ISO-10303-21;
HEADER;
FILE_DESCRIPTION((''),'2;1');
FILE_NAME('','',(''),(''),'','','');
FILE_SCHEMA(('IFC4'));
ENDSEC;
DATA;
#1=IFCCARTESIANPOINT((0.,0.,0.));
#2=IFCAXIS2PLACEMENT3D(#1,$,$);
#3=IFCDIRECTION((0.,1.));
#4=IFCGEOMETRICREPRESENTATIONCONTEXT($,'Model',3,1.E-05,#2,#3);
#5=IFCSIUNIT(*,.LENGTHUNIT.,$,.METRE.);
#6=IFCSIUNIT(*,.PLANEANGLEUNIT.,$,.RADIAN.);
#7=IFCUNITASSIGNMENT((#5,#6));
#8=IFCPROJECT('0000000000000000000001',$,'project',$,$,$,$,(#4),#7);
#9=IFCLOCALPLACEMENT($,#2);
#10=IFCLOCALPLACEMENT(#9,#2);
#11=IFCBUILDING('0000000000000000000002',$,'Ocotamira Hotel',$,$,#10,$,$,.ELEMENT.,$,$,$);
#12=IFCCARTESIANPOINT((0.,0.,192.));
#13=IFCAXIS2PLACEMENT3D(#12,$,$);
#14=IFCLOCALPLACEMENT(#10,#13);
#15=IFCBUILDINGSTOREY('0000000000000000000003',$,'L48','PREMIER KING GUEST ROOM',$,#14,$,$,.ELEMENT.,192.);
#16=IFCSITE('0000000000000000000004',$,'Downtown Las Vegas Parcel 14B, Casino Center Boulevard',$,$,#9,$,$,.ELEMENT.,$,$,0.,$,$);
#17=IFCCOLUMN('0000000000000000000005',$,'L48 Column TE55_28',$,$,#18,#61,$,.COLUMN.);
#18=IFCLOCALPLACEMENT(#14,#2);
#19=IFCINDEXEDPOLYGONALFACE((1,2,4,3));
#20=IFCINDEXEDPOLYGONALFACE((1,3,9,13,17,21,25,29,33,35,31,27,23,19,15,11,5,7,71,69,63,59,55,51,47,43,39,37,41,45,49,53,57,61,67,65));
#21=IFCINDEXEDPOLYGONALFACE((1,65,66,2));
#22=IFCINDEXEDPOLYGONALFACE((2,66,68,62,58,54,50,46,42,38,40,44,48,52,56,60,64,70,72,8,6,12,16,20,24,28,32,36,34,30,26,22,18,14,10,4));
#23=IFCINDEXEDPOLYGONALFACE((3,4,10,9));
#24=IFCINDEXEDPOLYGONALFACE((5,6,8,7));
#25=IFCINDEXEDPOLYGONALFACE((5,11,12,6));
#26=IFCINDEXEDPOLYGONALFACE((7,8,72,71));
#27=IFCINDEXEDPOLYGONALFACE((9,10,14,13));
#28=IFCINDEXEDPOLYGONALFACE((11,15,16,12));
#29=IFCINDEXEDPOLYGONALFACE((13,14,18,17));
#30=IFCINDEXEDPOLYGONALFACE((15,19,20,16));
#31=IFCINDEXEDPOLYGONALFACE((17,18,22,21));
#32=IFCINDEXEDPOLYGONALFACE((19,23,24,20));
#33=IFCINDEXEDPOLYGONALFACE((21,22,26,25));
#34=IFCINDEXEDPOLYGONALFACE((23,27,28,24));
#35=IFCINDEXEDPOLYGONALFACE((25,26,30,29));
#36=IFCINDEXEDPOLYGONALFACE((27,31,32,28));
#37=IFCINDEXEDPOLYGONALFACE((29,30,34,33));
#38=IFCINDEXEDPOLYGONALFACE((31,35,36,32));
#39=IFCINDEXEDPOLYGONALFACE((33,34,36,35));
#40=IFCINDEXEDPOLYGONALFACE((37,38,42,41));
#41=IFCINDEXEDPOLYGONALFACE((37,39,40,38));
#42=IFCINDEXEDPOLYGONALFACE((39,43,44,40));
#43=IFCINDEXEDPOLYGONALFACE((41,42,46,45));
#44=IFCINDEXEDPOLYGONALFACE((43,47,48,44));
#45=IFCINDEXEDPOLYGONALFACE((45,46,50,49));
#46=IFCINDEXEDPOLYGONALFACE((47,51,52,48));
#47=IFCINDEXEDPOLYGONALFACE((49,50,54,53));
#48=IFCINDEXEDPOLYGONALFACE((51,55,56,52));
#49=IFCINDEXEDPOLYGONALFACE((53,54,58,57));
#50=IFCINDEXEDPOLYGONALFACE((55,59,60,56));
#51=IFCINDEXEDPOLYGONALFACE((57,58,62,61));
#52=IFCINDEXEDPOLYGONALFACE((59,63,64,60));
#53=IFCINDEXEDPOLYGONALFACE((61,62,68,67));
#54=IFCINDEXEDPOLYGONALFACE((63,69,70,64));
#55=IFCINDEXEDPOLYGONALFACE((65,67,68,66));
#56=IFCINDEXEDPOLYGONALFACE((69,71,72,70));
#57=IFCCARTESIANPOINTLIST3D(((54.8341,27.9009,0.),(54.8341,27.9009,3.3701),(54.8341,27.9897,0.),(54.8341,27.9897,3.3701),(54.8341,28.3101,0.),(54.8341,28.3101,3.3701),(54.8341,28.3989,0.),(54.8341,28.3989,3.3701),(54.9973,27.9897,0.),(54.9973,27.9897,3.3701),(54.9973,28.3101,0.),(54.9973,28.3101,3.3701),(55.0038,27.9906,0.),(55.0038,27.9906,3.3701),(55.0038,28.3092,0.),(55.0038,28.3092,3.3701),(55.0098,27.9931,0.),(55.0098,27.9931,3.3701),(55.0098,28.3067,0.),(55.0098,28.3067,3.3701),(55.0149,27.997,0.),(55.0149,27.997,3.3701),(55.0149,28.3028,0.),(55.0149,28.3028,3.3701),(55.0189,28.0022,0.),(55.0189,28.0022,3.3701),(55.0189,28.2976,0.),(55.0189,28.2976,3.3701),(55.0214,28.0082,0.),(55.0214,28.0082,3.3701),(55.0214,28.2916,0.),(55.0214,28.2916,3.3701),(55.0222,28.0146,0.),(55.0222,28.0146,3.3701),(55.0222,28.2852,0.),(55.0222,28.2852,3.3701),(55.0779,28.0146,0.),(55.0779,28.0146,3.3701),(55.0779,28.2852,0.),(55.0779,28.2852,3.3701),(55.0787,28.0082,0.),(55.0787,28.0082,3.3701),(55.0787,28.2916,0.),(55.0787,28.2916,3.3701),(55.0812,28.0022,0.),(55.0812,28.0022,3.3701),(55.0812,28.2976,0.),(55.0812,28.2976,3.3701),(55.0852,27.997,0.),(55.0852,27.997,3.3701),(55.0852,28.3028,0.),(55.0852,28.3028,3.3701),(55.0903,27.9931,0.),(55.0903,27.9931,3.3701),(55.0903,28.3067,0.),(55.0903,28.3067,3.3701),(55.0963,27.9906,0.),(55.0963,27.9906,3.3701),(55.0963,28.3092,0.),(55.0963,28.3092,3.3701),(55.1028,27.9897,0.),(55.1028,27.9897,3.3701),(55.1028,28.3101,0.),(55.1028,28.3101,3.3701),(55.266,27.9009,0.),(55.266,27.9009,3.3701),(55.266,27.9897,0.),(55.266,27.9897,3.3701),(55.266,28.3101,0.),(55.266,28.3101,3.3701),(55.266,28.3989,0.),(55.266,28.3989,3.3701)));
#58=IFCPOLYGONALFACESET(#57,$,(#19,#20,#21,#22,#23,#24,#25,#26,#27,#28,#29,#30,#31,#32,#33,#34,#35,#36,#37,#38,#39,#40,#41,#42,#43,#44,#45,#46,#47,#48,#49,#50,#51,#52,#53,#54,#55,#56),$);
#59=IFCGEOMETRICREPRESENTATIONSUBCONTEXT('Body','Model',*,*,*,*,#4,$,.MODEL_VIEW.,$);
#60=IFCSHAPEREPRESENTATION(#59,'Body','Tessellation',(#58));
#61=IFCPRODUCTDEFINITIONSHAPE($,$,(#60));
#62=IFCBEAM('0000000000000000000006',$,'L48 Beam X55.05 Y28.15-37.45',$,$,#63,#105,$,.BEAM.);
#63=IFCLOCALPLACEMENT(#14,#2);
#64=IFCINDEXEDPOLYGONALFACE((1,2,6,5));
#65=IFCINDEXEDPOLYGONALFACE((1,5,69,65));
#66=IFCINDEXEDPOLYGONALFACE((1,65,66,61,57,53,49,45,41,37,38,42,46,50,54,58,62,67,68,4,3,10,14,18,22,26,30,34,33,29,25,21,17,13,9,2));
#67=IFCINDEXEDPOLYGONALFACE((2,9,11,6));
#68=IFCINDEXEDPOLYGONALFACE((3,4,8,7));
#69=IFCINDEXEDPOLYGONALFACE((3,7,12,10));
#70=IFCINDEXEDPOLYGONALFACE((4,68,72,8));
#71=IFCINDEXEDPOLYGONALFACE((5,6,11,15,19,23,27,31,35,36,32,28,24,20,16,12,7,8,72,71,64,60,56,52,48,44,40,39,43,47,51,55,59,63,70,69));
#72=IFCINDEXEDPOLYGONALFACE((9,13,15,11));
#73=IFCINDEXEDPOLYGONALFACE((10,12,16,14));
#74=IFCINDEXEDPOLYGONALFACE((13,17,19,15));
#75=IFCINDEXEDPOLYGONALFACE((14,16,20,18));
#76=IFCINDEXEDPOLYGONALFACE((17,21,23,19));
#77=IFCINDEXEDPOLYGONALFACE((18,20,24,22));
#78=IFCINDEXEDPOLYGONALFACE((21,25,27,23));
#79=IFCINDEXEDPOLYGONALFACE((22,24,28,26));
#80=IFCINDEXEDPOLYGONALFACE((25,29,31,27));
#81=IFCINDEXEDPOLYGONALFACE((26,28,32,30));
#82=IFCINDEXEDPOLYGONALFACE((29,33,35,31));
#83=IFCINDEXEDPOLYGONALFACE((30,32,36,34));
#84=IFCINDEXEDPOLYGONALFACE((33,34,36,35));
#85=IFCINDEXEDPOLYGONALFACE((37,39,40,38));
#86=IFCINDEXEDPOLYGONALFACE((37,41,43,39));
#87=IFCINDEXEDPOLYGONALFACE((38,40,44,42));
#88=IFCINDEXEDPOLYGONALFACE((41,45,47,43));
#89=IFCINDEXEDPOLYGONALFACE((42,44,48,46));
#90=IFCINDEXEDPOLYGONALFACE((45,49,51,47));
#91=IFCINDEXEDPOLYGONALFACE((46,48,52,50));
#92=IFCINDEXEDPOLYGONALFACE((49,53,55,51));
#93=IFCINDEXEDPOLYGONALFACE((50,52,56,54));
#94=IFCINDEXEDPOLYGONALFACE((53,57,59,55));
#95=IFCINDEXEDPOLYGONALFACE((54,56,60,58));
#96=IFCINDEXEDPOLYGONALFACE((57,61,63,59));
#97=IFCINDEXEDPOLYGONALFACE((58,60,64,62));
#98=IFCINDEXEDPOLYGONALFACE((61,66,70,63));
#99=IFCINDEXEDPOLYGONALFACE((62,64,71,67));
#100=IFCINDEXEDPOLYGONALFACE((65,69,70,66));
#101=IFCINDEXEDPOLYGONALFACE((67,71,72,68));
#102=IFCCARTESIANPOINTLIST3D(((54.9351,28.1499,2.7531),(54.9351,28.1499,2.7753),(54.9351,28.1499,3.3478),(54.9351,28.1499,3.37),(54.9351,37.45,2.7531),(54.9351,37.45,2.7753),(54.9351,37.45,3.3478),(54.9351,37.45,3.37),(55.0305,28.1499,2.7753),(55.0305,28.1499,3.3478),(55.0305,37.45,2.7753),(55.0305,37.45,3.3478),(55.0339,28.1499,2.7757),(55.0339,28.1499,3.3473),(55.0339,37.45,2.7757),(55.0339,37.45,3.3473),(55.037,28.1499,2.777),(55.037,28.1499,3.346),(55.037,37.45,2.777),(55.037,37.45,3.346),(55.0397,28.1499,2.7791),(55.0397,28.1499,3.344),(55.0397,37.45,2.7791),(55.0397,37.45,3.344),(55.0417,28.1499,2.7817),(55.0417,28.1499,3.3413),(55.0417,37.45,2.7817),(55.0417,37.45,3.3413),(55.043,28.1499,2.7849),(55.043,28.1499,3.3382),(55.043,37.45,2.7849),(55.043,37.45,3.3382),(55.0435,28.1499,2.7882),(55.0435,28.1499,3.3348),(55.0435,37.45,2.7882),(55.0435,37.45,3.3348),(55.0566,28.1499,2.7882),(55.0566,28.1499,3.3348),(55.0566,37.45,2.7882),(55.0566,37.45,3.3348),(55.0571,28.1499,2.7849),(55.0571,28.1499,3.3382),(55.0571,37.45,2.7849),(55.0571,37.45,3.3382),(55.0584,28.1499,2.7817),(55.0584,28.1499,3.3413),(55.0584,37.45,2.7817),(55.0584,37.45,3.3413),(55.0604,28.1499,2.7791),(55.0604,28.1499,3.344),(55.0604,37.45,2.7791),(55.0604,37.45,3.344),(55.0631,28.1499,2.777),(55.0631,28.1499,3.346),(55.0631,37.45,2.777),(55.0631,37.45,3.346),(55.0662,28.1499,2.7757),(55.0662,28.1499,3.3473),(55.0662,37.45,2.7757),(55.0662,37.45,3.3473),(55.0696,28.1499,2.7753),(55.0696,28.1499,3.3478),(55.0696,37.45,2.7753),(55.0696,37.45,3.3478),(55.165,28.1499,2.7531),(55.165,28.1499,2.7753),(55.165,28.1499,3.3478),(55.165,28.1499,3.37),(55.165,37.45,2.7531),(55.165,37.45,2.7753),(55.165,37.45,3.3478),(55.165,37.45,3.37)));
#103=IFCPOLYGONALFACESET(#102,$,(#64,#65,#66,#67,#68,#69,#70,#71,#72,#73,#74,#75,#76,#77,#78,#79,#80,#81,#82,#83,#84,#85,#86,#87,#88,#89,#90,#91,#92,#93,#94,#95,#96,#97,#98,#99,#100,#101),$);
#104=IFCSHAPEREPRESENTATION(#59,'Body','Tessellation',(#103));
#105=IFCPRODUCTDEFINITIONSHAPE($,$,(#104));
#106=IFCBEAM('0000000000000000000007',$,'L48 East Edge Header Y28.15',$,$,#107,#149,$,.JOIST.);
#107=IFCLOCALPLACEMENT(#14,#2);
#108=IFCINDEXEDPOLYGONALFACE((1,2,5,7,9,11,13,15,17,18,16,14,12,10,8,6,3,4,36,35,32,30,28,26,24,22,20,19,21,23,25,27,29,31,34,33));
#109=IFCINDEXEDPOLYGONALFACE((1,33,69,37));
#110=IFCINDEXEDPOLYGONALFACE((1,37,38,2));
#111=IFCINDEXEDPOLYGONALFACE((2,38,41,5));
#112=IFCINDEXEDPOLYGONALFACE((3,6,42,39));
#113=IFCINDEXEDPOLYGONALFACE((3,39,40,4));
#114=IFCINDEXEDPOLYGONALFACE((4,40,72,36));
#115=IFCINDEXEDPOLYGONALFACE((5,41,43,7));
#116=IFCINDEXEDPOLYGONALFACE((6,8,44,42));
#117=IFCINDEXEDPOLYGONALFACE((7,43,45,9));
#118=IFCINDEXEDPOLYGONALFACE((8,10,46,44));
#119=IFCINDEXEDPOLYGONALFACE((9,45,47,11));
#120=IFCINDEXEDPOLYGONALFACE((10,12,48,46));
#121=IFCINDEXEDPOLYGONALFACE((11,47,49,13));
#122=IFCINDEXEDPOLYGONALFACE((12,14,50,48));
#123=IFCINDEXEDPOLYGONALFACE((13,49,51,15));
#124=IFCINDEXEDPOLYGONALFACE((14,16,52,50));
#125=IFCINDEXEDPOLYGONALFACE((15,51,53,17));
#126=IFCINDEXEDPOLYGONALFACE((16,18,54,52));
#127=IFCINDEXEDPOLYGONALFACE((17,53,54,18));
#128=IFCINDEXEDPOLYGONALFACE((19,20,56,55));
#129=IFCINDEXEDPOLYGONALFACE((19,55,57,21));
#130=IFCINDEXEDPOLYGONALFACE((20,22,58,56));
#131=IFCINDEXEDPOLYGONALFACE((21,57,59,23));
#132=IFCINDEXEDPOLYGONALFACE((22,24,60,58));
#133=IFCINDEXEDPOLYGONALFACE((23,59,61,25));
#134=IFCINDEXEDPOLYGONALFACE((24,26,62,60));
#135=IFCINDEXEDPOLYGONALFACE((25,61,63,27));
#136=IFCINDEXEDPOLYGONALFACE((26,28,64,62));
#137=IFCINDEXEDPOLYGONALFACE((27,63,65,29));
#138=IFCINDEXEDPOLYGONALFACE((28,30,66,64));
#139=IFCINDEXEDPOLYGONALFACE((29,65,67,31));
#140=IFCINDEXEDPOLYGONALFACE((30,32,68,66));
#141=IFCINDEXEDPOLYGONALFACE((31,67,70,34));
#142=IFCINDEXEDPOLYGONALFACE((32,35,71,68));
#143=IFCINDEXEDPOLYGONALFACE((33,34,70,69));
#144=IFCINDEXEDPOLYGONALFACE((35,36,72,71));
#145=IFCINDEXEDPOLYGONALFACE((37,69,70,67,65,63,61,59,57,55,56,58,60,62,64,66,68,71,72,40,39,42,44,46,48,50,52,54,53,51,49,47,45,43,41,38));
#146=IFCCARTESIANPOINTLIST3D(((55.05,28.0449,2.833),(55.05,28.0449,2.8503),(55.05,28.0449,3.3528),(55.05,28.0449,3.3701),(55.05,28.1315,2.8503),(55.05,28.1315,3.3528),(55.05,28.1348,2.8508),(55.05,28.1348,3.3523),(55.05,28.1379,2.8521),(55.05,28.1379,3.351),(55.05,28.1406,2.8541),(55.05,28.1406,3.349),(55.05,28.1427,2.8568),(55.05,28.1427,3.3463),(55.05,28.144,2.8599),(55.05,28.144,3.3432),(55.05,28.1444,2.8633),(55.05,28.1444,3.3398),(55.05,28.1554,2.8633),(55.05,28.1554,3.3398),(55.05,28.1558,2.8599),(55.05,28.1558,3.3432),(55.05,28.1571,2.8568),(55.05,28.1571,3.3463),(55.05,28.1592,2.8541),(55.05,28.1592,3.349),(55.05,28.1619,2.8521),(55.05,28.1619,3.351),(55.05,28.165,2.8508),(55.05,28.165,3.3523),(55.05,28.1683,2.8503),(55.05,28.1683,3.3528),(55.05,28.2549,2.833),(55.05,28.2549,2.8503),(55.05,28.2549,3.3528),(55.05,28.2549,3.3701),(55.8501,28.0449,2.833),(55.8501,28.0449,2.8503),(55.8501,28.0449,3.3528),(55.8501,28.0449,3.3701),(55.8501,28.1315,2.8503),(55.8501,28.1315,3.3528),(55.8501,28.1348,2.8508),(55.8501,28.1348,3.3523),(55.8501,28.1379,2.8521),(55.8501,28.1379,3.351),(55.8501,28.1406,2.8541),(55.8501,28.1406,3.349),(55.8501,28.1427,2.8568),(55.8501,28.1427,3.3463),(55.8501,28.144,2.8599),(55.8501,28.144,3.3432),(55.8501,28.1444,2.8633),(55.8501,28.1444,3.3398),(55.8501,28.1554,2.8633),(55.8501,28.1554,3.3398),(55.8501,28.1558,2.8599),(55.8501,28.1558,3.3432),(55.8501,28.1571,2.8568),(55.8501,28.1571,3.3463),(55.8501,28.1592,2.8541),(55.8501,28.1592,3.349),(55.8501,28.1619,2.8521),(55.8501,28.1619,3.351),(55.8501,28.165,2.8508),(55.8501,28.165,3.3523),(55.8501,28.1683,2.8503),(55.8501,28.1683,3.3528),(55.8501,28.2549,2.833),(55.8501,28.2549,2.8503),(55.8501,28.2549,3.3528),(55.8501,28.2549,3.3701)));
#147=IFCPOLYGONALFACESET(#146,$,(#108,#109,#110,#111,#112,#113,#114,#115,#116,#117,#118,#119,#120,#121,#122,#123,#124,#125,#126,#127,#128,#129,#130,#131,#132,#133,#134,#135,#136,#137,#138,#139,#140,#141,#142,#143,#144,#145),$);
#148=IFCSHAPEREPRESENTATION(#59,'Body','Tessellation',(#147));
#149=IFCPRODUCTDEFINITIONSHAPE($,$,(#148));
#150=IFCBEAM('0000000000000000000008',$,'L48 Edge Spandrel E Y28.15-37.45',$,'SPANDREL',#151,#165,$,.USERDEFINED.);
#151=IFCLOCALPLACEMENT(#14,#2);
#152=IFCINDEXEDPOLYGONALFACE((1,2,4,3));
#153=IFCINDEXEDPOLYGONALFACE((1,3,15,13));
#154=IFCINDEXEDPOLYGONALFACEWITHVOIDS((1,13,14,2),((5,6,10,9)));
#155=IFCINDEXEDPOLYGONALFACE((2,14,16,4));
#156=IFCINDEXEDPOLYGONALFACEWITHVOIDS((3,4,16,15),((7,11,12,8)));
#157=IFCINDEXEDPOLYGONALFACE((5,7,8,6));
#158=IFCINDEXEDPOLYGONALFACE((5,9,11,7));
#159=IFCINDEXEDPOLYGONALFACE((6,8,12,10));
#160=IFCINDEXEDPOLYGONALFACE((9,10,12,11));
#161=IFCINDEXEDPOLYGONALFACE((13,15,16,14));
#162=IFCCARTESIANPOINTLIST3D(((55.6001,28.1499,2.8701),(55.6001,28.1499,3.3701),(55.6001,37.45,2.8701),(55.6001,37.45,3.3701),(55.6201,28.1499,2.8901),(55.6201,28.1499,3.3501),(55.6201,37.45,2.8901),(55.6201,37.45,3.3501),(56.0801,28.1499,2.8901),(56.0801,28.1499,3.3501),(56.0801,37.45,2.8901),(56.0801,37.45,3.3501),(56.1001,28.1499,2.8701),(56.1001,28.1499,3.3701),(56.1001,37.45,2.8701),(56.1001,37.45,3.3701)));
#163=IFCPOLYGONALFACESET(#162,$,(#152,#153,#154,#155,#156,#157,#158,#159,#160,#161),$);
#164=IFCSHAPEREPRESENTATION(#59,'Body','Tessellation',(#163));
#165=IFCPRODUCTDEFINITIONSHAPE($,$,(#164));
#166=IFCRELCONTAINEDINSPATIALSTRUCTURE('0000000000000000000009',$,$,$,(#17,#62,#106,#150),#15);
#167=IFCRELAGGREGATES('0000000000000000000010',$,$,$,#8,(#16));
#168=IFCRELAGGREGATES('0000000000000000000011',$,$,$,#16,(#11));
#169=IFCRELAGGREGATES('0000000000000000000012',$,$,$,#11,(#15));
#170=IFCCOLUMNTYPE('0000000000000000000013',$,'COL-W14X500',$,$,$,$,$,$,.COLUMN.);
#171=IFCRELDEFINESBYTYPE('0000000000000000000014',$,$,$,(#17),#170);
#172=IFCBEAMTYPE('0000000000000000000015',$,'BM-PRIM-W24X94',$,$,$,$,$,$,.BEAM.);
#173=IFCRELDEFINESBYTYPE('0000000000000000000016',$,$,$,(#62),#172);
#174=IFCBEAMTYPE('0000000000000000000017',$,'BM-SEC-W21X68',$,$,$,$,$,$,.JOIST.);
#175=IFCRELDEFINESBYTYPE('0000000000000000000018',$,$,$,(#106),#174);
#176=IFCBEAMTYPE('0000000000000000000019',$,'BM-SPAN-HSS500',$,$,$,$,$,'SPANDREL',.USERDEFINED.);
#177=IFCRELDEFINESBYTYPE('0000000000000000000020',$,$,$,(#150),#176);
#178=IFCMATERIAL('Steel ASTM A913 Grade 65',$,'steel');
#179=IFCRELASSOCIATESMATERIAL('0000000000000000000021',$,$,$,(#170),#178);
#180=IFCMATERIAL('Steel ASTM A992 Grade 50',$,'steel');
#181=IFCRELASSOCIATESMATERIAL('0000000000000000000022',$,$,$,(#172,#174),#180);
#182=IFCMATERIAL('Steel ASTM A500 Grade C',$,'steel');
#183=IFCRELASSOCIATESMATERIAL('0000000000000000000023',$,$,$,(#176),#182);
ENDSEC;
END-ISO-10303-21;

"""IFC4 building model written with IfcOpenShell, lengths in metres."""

from ifc_helpers import new_model, si_unit, direction, frame, origin, origin_2d, place, context, subcontext, project, spatial, hollow_rectangle, i_section, extrude, source, transform, mapped, material, material_profile, profile_set, type_object, element, save


model = new_model("IFC4")

# Units and contexts
model_context = context("Model", 3, precision=1e-05, world=origin(), true_north=direction((0.0, 1.0)))
body_context = subcontext(model_context, "Body", "Model", "MODEL_VIEW")
ifc_project = project(units=[si_unit("LENGTHUNIT", "METRE"), si_unit("PLANEANGLEUNIT", "RADIAN")], contexts=[model_context])

# Site, building, storey
site_placement = place(None, origin())
site = spatial("IfcSite", under=ifc_project, at=site_placement, Name="Downtown Las Vegas Parcel 14B, Casino Center Boulevard", CompositionType="ELEMENT", RefElevation=0.0)
building_placement = place(site_placement, origin())
building = spatial("IfcBuilding", under=site, at=building_placement, Name="Ocotamira Hotel", CompositionType="ELEMENT")
storey_placement = place(building_placement, frame((0.0, 0.0, 192.0)))
storey = spatial("IfcBuildingStorey", under=building, at=storey_placement, Name="L48", Description="PREMIER KING GUEST ROOM", CompositionType="ELEMENT", Elevation=192.0)

# Column
ifc_material_1 = material(Name="Steel ASTM A913 Grade 65", Category="steel")
ifc_material_profile_1 = material_profile(ifc_material_1, i_section(OverallWidth=0.4319, OverallDepth=0.498, WebThickness=0.0557, FlangeThickness=0.0889, FilletRadius=0.0249, at=origin_2d()), Name="W14X500")
ifc_profile_set_1 = profile_set([ifc_material_profile_1], Name="Steel ASTM A913 Grade 65")
column_type = type_object("IfcColumnType", Name="COL-W14X500", PredefinedType="COLUMN", material=ifc_profile_set_1)
shared_shape_1 = source(origin(), body_context, "Body", "SweptSolid", [
    extrude(i_section(OverallWidth=0.4319, OverallDepth=0.498, WebThickness=0.0557, FlangeThickness=0.0889, FilletRadius=0.0249, at=origin_2d()), origin(), (0.0, 0.0, 1.0), 3.3701),
])
column_placement = place(storey_placement, frame((55.05, 28.1499, 0.0), z_axis=(0.0, 0.0, 1.0), x_axis=(1.0, 0.0, 0.0)))
element("IfcColumn", 1, at=column_placement, inside=storey, type_object=column_type, Name="L48 Column TE55_28", PredefinedType="COLUMN", context=body_context, shape_type="MappedRepresentation", body=[
    mapped(shared_shape_1, transform((0.0, 0.0, 0.0), scale=1.0)),
])

# Beams
ifc_material_2 = material(Name="Steel ASTM A992 Grade 50", Category="steel")
ifc_material_profile_2 = material_profile(ifc_material_2, i_section(OverallWidth=0.23, OverallDepth=0.6169, WebThickness=0.0132, FlangeThickness=0.0222, FilletRadius=0.0129, at=origin_2d()), Name="W24X94")
ifc_profile_set_2 = profile_set([ifc_material_profile_2], Name="Steel ASTM A992 Grade 50")
beam_type_1 = type_object("IfcBeamType", Name="BM-PRIM-W24X94", PredefinedType="BEAM", material=ifc_profile_set_2)
shared_shape_2 = source(origin(), body_context, "Body", "SweptSolid", [
    extrude(i_section(OverallWidth=0.23, OverallDepth=0.6169, WebThickness=0.0132, FlangeThickness=0.0222, FilletRadius=0.0129, at=origin_2d()), origin(), (0.0, 0.0, 1.0), 9.3),
])
beam_1_placement = place(storey_placement, frame((55.05, 28.1499, 3.0615), z_axis=(0.0, 1.0, 0.0), x_axis=(-1.0, 0.0, 0.0)))
element("IfcBeam", 2, at=beam_1_placement, inside=storey, type_object=beam_type_1, Name="L48 Beam X55.05 Y28.15-37.45", PredefinedType="BEAM", context=body_context, shape_type="MappedRepresentation", body=[
    mapped(shared_shape_2, transform((0.0, 0.0, 0.0), scale=1.0)),
])
ifc_material_profile_3 = material_profile(ifc_material_2, i_section(OverallWidth=0.21, OverallDepth=0.5371, WebThickness=0.011, FlangeThickness=0.0173, FilletRadius=0.0129, at=origin_2d()), Name="W21X68")
ifc_profile_set_3 = profile_set([ifc_material_profile_3], Name="Steel ASTM A992 Grade 50")
beam_type_2 = type_object("IfcBeamType", Name="BM-SEC-W21X68", PredefinedType="JOIST", material=ifc_profile_set_3)
shared_shape_3 = source(origin(), body_context, "Body", "SweptSolid", [
    extrude(i_section(OverallWidth=0.21, OverallDepth=0.5371, WebThickness=0.011, FlangeThickness=0.0173, FilletRadius=0.0129, at=origin_2d()), origin(), (0.0, 0.0, 1.0), 0.8),
])
beam_2_placement = place(storey_placement, frame((55.05, 28.1499, 3.1016), z_axis=(1.0, 0.0, 0.0), x_axis=(0.0, 1.0, 0.0)))
element("IfcBeam", 3, at=beam_2_placement, inside=storey, type_object=beam_type_2, Name="L48 East Edge Header Y28.15", PredefinedType="JOIST", context=body_context, shape_type="MappedRepresentation", body=[
    mapped(shared_shape_3, transform((0.0, 0.0, 0.0), scale=1.0)),
])
ifc_material_3 = material(Name="Steel ASTM A500 Grade C", Category="steel")
ifc_material_profile_4 = material_profile(ifc_material_3, hollow_rectangle(XDim=0.5, YDim=0.5, WallThickness=0.02, at=origin_2d()), Name="HSS500X500X20")
ifc_profile_set_4 = profile_set([ifc_material_profile_4], Name="Steel ASTM A500 Grade C")
beam_type_3 = type_object("IfcBeamType", Name="BM-SPAN-HSS500", ElementType="SPANDREL", PredefinedType="USERDEFINED", material=ifc_profile_set_4)
shared_shape_4 = source(origin(), body_context, "Body", "SweptSolid", [
    extrude(hollow_rectangle(XDim=0.5, YDim=0.5, WallThickness=0.02, at=origin_2d()), origin(), (0.0, 0.0, 1.0), 9.3),
])
beam_3_placement = place(storey_placement, frame((55.8501, 28.1499, 3.1201), z_axis=(0.0, 1.0, 0.0), x_axis=(-1.0, 0.0, 0.0)))
element("IfcBeam", 4, at=beam_3_placement, inside=storey, type_object=beam_type_3, Name="L48 Edge Spandrel E Y28.15-37.45", ObjectType="SPANDREL", PredefinedType="USERDEFINED", context=body_context, shape_type="MappedRepresentation", body=[
    mapped(shared_shape_4, transform((0.0, 0.0, 0.0), scale=1.0)),
])

save(model, "model.ifc")
